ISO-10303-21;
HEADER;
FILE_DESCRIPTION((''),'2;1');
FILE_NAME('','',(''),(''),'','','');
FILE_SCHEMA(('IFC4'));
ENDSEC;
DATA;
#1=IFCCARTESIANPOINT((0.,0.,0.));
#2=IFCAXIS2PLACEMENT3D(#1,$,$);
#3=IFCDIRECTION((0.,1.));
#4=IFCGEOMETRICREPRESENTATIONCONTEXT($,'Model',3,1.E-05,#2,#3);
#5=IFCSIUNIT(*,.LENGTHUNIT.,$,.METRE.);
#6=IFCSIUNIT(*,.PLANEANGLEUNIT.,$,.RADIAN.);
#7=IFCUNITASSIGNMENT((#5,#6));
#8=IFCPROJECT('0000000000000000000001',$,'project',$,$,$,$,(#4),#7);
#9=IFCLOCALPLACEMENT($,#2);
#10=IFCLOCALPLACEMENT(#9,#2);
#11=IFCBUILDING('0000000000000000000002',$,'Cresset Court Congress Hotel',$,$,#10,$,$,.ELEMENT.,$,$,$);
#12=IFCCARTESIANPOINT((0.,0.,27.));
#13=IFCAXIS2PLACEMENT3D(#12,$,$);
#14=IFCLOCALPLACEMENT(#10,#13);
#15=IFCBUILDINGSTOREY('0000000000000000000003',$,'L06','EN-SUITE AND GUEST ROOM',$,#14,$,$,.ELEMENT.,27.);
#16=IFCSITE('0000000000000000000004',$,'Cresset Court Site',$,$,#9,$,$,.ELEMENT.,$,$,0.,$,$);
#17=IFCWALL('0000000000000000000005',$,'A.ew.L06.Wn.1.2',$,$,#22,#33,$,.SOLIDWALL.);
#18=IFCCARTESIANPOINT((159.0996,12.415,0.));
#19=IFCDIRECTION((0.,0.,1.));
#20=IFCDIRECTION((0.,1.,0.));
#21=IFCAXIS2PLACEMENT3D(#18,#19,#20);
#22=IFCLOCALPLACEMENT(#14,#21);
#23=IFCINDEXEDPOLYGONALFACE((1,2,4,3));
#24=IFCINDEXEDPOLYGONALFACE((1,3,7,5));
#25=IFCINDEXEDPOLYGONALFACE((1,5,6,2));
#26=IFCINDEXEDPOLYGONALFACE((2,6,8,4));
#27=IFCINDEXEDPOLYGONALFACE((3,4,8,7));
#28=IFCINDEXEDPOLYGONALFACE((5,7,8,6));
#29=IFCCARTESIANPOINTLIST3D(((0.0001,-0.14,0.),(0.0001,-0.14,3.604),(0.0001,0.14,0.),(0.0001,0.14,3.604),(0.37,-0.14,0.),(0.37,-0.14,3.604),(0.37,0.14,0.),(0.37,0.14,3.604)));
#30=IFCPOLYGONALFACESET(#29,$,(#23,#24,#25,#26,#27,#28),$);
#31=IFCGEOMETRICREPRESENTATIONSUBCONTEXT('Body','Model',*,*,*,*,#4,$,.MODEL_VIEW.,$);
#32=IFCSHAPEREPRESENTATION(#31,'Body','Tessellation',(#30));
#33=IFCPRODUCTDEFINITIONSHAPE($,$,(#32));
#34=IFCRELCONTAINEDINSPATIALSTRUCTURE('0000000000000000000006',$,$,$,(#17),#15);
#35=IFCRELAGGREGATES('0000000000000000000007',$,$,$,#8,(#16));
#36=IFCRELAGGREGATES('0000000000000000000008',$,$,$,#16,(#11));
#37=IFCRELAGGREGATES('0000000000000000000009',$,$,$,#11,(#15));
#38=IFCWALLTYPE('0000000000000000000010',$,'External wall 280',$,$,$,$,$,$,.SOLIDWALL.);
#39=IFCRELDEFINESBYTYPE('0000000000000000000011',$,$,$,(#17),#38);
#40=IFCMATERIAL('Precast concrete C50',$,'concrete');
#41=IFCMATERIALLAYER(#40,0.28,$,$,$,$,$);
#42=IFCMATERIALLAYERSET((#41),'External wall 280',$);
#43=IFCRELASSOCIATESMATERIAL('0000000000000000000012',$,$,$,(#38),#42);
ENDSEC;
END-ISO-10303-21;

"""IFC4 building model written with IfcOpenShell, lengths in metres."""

from ifc_helpers import new_model, si_unit, direction, frame, frame_2d, origin, place, context, subcontext, project, spatial, rectangle, extrude, material, layer, layer_set, type_object, element, save


model = new_model("IFC4")

# Units and contexts
model_context = context("Model", 3, precision=1e-05, world=origin(), true_north=direction((0.0, 1.0)))
body_context = subcontext(model_context, "Body", "Model", "MODEL_VIEW")
ifc_project = project(units=[si_unit("LENGTHUNIT", "METRE"), si_unit("PLANEANGLEUNIT", "RADIAN")], contexts=[model_context])

# Site, building, storey
site_placement = place(None, origin())
site = spatial("IfcSite", under=ifc_project, at=site_placement, Name="Cresset Court Site", CompositionType="ELEMENT", RefElevation=0.0)
building_placement = place(site_placement, origin())
building = spatial("IfcBuilding", under=site, at=building_placement, Name="Cresset Court Congress Hotel", CompositionType="ELEMENT")
storey_placement = place(building_placement, frame((0.0, 0.0, 27.0)))
storey = spatial("IfcBuildingStorey", under=building, at=storey_placement, Name="L06", Description="EN-SUITE AND GUEST ROOM", CompositionType="ELEMENT", Elevation=27.0)

# Shared definitions
ifc_material_1 = material(Name="Precast concrete C50", Category="concrete")
ifc_layer_1 = layer(ifc_material_1, 0.28)
ifc_layer_set_1 = layer_set([ifc_layer_1], Name="External wall 280")
wall_type_1 = type_object("IfcWallType", Name="External wall 280", PredefinedType="SOLIDWALL", material=ifc_layer_set_1)

# Wall
wall_1_placement = place(storey_placement, frame((159.0996, 12.415, 0.0), z_axis=(0.0, 0.0, 1.0), x_axis=(0.0, 1.0, 0.0)))
element("IfcWall", 1, at=wall_1_placement, inside=storey, type_object=wall_type_1, Name="A.ew.L06.Wn.1.2", PredefinedType="SOLIDWALL", context=body_context, shape_type="SweptSolid", body=[
    extrude(rectangle(XDim=0.3699, YDim=0.28, at=frame_2d((0.1851, 0.0))), origin(), (0.0, 0.0, 1.0), 3.604),
])

save(model, "model.ifc")
